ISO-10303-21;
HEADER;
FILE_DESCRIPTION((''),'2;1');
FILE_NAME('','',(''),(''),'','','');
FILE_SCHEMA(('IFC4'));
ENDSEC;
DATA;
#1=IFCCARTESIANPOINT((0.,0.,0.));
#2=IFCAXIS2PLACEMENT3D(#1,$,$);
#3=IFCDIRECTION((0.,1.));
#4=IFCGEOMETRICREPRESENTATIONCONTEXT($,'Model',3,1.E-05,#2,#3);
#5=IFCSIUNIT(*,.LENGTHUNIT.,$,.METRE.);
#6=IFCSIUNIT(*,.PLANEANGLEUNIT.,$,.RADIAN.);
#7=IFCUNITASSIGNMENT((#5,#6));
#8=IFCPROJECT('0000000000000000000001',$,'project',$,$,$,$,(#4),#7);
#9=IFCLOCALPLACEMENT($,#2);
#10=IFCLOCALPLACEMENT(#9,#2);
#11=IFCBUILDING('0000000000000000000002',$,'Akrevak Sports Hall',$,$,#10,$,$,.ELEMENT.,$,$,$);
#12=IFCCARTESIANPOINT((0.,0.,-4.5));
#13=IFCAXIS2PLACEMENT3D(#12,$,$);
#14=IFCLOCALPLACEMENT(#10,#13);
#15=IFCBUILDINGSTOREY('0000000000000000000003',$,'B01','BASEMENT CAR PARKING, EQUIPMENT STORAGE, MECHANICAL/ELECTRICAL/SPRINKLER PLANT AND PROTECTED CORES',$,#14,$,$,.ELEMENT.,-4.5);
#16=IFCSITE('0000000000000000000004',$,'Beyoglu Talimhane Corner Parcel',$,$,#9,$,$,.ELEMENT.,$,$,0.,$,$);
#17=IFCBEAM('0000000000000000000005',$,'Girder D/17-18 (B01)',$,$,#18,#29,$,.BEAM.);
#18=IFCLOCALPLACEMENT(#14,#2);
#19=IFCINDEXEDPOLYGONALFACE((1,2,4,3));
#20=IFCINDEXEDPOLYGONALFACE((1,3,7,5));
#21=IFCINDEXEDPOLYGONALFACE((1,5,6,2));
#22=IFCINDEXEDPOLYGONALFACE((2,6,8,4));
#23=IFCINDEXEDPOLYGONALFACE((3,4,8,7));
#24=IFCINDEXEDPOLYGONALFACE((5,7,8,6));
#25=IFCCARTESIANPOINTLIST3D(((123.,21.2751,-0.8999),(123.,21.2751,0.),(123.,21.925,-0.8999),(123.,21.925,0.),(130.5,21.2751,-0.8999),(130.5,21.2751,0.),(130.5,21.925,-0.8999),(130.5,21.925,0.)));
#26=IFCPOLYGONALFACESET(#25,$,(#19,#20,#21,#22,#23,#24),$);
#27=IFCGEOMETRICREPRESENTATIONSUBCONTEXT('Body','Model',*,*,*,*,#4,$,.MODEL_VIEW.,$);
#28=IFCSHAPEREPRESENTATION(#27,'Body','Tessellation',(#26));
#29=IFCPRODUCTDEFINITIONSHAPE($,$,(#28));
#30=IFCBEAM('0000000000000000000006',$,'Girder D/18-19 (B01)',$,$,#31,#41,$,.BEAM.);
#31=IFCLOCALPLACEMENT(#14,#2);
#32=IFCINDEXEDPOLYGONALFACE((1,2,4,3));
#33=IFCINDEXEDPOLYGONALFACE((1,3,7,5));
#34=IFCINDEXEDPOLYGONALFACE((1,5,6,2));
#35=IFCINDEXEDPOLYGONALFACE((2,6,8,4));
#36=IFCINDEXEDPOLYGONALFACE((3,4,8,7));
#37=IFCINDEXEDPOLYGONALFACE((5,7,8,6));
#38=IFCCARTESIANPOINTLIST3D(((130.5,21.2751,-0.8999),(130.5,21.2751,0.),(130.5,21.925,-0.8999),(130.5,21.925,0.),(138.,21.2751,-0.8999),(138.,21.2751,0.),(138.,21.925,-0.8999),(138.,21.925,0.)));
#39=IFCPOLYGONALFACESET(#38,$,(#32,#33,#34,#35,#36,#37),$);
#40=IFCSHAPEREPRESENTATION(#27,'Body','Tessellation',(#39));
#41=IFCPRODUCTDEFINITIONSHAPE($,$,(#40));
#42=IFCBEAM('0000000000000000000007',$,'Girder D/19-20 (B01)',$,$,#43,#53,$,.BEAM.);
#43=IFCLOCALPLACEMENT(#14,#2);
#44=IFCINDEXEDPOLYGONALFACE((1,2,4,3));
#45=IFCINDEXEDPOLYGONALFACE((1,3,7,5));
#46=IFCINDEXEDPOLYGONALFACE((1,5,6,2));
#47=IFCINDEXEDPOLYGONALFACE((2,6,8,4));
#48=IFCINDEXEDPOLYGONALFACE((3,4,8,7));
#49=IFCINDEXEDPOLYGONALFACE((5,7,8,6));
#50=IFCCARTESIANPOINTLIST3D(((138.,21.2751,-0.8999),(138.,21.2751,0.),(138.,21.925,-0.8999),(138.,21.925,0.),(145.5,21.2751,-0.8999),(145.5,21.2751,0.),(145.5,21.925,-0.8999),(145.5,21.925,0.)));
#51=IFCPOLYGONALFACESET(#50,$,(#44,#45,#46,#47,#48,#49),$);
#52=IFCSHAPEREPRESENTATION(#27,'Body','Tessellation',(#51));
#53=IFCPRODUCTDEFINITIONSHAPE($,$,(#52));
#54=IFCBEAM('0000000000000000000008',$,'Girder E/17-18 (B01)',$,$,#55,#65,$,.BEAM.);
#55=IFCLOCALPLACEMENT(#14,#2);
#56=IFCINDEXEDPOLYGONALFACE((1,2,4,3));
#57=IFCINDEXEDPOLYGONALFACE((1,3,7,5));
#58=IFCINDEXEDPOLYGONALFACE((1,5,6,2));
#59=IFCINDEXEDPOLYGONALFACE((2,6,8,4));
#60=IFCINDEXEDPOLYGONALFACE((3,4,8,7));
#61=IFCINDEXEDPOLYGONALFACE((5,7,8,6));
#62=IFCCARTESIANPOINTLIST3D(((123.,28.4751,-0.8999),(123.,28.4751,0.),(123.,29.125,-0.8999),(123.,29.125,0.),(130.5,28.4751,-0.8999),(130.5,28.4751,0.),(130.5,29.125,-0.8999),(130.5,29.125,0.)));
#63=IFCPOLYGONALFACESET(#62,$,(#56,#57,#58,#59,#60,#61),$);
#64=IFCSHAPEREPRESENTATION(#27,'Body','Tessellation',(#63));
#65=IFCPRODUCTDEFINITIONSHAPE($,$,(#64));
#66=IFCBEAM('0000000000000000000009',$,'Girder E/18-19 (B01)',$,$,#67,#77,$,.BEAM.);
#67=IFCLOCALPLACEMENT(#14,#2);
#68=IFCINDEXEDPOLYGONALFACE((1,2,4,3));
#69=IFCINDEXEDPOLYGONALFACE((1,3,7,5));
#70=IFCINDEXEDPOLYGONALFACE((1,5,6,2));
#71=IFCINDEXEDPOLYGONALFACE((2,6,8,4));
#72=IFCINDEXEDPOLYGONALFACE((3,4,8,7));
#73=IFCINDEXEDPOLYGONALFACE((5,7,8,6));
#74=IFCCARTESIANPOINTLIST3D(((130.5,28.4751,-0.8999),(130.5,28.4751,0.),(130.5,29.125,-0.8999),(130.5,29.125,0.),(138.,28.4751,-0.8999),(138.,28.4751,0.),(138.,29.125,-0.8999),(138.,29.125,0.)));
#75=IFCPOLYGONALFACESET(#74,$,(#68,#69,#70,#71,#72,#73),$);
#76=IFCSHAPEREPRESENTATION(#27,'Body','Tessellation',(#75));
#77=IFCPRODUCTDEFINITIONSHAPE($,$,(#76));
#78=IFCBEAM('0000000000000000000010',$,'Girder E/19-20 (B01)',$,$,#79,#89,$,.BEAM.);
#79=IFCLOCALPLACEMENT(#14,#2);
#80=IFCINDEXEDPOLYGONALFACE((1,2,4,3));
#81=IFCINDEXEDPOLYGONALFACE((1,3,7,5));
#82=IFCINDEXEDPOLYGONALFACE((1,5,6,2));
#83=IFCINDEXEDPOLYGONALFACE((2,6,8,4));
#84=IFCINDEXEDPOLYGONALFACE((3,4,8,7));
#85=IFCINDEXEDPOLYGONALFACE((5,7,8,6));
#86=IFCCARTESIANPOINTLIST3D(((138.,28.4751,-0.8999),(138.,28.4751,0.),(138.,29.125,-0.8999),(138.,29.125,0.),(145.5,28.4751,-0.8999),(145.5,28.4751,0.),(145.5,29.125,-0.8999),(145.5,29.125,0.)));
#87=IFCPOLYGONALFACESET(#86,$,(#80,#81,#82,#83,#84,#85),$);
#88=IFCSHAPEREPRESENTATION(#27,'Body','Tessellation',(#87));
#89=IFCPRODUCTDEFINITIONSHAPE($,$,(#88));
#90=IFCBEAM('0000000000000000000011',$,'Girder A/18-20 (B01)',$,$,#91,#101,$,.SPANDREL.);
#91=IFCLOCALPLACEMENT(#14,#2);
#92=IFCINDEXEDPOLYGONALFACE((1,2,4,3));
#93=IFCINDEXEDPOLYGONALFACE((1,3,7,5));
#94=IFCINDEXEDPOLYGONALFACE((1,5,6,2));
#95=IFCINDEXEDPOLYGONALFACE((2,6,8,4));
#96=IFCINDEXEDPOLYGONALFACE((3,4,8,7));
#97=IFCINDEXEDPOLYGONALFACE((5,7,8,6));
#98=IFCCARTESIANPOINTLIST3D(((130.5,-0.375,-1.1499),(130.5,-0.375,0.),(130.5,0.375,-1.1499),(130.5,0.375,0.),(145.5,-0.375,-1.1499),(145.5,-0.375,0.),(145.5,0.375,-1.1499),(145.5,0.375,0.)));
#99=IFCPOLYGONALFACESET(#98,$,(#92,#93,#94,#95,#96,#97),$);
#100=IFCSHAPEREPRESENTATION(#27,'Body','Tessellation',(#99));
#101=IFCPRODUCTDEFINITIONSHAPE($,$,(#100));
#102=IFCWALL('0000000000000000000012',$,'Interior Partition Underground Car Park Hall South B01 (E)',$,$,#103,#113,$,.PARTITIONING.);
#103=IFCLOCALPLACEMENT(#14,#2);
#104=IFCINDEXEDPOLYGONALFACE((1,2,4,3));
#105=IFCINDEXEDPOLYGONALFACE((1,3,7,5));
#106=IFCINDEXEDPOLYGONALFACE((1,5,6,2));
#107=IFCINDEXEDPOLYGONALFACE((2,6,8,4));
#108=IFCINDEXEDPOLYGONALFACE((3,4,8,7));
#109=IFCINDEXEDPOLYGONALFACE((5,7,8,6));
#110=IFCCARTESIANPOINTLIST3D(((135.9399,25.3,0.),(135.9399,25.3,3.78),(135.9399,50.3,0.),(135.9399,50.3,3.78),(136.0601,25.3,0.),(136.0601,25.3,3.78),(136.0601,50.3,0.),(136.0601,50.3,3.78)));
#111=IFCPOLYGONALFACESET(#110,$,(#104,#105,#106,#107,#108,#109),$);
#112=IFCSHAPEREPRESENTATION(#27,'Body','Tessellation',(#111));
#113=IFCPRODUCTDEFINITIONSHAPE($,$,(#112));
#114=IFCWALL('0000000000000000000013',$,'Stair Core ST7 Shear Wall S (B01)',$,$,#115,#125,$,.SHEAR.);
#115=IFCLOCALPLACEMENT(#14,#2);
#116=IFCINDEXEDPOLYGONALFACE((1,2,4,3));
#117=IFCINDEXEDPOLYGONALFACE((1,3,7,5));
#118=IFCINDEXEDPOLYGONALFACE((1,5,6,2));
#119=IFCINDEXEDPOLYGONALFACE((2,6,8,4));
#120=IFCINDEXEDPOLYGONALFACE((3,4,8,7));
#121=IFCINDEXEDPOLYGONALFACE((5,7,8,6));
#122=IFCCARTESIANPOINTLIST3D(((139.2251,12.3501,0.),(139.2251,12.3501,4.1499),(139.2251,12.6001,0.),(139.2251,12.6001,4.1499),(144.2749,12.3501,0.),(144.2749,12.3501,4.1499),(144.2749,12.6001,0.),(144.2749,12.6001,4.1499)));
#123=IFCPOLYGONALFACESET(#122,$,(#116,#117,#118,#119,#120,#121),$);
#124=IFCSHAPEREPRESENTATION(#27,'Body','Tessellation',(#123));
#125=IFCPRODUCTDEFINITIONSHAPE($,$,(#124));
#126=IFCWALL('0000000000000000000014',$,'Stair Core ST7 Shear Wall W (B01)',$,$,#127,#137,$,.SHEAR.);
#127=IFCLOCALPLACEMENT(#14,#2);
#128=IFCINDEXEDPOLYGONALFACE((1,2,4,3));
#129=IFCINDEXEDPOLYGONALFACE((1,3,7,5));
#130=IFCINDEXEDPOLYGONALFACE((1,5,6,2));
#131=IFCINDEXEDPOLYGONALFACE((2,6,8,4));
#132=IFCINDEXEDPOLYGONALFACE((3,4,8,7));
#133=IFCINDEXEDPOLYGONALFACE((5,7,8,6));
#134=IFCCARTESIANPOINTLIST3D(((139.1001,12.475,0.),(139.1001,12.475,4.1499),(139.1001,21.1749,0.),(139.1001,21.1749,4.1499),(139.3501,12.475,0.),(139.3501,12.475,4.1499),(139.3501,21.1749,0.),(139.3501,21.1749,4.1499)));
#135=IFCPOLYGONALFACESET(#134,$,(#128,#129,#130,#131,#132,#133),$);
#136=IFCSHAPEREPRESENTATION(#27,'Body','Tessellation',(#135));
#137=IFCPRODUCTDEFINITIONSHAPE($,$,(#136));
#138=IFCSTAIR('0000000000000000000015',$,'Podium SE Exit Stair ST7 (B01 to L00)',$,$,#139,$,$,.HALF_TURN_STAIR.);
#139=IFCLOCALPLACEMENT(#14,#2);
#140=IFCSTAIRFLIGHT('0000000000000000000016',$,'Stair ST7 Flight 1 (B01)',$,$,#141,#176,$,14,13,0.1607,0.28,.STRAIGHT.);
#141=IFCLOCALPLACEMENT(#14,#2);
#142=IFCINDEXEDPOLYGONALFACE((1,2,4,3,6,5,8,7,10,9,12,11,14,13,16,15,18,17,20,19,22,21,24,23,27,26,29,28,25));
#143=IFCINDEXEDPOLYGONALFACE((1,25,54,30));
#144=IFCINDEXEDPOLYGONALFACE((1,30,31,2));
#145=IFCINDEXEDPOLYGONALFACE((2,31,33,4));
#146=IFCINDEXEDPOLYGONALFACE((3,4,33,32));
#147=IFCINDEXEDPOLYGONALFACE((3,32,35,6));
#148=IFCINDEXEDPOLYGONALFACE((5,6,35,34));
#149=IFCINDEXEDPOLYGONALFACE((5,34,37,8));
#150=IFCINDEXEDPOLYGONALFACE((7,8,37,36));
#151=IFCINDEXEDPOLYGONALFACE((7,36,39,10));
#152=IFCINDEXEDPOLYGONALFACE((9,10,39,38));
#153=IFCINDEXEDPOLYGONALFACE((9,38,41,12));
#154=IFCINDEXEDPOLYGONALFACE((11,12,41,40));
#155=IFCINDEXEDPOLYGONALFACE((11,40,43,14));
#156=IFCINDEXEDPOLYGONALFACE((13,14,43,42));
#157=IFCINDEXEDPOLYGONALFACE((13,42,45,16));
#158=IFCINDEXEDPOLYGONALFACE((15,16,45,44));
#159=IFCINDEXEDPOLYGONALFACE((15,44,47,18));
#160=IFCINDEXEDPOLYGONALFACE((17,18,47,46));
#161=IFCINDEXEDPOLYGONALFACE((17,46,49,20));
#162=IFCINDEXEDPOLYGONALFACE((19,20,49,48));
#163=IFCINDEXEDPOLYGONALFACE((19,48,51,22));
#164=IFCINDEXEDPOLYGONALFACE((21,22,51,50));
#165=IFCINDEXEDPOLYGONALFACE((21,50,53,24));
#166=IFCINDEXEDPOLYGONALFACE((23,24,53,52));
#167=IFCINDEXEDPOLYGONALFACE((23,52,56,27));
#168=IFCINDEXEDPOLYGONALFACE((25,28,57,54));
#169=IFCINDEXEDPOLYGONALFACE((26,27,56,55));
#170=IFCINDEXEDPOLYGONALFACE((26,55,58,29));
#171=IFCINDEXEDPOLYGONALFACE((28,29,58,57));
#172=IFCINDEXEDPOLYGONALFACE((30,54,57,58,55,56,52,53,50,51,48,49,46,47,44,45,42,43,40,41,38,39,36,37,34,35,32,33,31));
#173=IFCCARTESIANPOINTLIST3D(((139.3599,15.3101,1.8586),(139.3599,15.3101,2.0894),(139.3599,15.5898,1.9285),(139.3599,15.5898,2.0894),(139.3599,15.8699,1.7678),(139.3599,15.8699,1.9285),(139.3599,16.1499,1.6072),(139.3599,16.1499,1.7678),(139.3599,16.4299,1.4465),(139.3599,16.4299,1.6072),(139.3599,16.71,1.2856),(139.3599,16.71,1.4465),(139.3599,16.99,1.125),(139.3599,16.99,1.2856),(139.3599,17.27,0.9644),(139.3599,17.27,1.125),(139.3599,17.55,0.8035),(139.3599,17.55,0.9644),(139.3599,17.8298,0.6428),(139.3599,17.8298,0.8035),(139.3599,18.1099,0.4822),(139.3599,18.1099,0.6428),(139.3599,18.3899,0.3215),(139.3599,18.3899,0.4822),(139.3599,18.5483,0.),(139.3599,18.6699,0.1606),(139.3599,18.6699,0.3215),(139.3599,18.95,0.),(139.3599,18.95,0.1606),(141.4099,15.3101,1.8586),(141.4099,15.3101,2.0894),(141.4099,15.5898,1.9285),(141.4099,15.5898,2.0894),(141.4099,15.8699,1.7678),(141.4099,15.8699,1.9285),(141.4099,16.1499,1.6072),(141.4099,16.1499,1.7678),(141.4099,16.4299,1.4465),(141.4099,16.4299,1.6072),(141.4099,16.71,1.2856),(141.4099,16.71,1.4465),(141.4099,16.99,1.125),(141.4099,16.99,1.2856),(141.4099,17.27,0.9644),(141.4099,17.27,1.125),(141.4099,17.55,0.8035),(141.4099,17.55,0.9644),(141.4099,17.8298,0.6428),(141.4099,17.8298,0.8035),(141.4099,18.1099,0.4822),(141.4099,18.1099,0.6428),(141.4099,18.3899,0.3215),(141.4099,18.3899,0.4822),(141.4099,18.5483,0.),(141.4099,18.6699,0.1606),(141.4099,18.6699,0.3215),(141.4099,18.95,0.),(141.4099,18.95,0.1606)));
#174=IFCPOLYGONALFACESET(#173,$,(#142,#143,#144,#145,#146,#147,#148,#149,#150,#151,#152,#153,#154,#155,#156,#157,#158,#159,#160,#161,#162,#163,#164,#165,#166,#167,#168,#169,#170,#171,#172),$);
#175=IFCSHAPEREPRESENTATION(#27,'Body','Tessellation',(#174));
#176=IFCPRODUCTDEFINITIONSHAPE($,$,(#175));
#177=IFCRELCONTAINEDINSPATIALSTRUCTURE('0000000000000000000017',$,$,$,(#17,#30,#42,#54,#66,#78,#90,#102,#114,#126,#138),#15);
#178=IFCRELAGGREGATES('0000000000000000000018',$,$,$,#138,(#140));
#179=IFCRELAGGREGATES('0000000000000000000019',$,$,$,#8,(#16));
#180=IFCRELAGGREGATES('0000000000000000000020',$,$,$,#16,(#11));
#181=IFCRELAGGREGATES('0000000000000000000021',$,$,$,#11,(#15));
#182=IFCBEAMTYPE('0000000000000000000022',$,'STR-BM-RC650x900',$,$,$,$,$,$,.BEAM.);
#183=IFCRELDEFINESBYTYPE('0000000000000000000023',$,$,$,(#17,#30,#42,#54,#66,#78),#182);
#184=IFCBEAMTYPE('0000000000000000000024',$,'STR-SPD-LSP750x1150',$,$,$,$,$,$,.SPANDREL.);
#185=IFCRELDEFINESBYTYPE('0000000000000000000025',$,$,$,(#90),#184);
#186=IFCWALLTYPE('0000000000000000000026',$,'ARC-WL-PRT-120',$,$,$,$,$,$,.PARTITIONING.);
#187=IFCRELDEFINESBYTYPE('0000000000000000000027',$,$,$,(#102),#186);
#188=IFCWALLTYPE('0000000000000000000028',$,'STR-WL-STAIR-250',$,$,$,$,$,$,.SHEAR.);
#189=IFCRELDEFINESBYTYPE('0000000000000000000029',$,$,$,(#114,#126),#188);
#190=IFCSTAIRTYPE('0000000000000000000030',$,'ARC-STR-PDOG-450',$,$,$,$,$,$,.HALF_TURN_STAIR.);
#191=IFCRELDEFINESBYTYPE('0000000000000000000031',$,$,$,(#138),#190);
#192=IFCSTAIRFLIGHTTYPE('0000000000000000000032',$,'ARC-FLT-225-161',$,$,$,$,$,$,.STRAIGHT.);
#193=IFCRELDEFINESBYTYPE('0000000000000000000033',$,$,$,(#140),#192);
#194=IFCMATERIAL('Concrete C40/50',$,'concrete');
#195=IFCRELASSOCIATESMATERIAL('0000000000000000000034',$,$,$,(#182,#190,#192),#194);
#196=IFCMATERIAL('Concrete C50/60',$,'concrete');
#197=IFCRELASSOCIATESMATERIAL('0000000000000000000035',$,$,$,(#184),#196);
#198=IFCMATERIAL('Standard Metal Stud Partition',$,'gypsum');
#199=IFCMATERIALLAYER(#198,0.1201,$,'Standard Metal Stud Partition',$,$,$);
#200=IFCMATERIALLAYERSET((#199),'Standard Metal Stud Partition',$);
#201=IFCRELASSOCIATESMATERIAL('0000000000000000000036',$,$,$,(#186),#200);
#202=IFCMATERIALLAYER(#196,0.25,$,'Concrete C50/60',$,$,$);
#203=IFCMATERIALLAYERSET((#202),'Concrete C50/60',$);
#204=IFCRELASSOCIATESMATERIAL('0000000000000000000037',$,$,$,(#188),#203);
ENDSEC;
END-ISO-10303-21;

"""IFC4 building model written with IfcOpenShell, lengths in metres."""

from ifc_helpers import new_model, si_unit, direction, frame, frame_2d, origin, origin_2d, place, context, subcontext, project, spatial, polyline, rectangle, outline, extrude, material, layer, layer_set, material_profile, profile_set, type_object, element, aggregate, save


model = new_model("IFC4")

# Units and contexts
model_context = context("Model", 3, precision=1e-05, world=origin(), true_north=direction((0.0, 1.0)))
body_context = subcontext(model_context, "Body", "Model", "MODEL_VIEW")
ifc_project = project(units=[si_unit("LENGTHUNIT", "METRE"), si_unit("PLANEANGLEUNIT", "RADIAN")], contexts=[model_context])

# Site, building, storey
site_placement = place(None, origin())
site = spatial("IfcSite", under=ifc_project, at=site_placement, Name="Beyoglu Talimhane Corner Parcel", CompositionType="ELEMENT", RefElevation=0.0)
building_placement = place(site_placement, origin())
building = spatial("IfcBuilding", under=site, at=building_placement, Name="Akrevak Sports Hall", CompositionType="ELEMENT")
storey_placement = place(building_placement, frame((0.0, 0.0, -4.5)))
storey = spatial("IfcBuildingStorey", under=building, at=storey_placement, Name="B01", Description="BASEMENT CAR PARKING, EQUIPMENT STORAGE, MECHANICAL/ELECTRICAL/SPRINKLER PLANT AND PROTECTED CORES", CompositionType="ELEMENT", Elevation=-4.5)

# Shared definitions
ifc_material_1 = material(Name="Concrete C40/50", Category="concrete")
ifc_material_2 = material(Name="Concrete C50/60", Category="concrete")

# Beams
ifc_material_profile_1 = material_profile(ifc_material_1, rectangle(XDim=0.6499, YDim=0.8999, at=origin_2d()), Name="BM 650x900", Category="concrete")
ifc_profile_set_1 = profile_set([ifc_material_profile_1], Name="Concrete C40/50")
beam_type_1 = type_object("IfcBeamType", Name="STR-BM-RC650x900", PredefinedType="BEAM", material=ifc_profile_set_1)
for number, where, z_axis, x_axis, name in (
    (1, (123.0, 21.6001, -0.45), (1.0, 0.0, 0.0), (0.0, 1.0, 0.0), "Girder D/17-18 (B01)"),
    (2, (130.5, 21.6001, -0.45), (1.0, 0.0, 0.0), (0.0, 1.0, 0.0), "Girder D/18-19 (B01)"),
    (3, (138.0, 21.6001, -0.45), (1.0, 0.0, 0.0), (0.0, 1.0, 0.0), "Girder D/19-20 (B01)"),
    (4, (123.0, 28.8, -0.45), (1.0, 0.0, 0.0), (0.0, 1.0, 0.0), "Girder E/17-18 (B01)"),
    (5, (130.5, 28.8, -0.45), (1.0, 0.0, 0.0), (0.0, 1.0, 0.0), "Girder E/18-19 (B01)"),
    (6, (138.0, 28.8, -0.45), (1.0, 0.0, 0.0), (0.0, 1.0, 0.0), "Girder E/19-20 (B01)"),
):
    element("IfcBeam", number, at=place(storey_placement, frame(where, z_axis=z_axis, x_axis=x_axis)), inside=storey, type_object=beam_type_1, Name=name, PredefinedType="BEAM", context=body_context, shape_type="SweptSolid", body=[
        extrude(rectangle(XDim=0.6499, YDim=0.8999, at=origin_2d()), origin(), (0.0, 0.0, 1.0), 7.5),
    ])
ifc_material_profile_2 = material_profile(ifc_material_2, rectangle(XDim=0.75, YDim=1.1499, at=origin_2d()), Name="SPD 750x1150", Category="concrete")
ifc_profile_set_2 = profile_set([ifc_material_profile_2], Name="Concrete C50/60")
beam_type_2 = type_object("IfcBeamType", Name="STR-SPD-LSP750x1150", PredefinedType="SPANDREL", material=ifc_profile_set_2)
beam_1_placement = place(storey_placement, frame((130.5, 0.0, -0.575), z_axis=(1.0, 0.0, 0.0), x_axis=(0.0, 1.0, 0.0)))
element("IfcBeam", 7, at=beam_1_placement, inside=storey, type_object=beam_type_2, Name="Girder A/18-20 (B01)", PredefinedType="SPANDREL", context=body_context, shape_type="SweptSolid", body=[
    extrude(rectangle(XDim=0.75, YDim=1.1499, at=origin_2d()), origin(), (0.0, 0.0, 1.0), 15.0),
])

# Walls
ifc_material_3 = material(Name="Standard Metal Stud Partition", Category="gypsum")
ifc_layer_1 = layer(ifc_material_3, 0.1201, Name="Standard Metal Stud Partition")
ifc_layer_set_1 = layer_set([ifc_layer_1], Name="Standard Metal Stud Partition")
wall_type_1 = type_object("IfcWallType", Name="ARC-WL-PRT-120", PredefinedType="PARTITIONING", material=ifc_layer_set_1)
wall_1_placement = place(storey_placement, frame((136.0, 25.3, 0.0), z_axis=(0.0, 0.0, 1.0), x_axis=(0.0, 1.0, 0.0)))
element("IfcWall", 8, at=wall_1_placement, inside=storey, type_object=wall_type_1, Name="Interior Partition Underground Car Park Hall South B01 (E)", PredefinedType="PARTITIONING", context=body_context, shape_type="SweptSolid", body=[
    extrude(rectangle(XDim=25.0, YDim=0.1201, at=frame_2d((12.5, 0.0))), origin(), (0.0, 0.0, 1.0), 3.78),
])
ifc_layer_2 = layer(ifc_material_2, 0.25, Name="Concrete C50/60")
ifc_layer_set_2 = layer_set([ifc_layer_2], Name="Concrete C50/60")
wall_type_2 = type_object("IfcWallType", Name="STR-WL-STAIR-250", PredefinedType="SHEAR", material=ifc_layer_set_2)
wall_2_placement = place(storey_placement, frame((139.2251, 12.4751, 0.0), z_axis=(0.0, 0.0, 1.0), x_axis=(1.0, 0.0, 0.0)))
element("IfcWall", 9, at=wall_2_placement, inside=storey, type_object=wall_type_2, Name="Stair Core ST7 Shear Wall S (B01)", PredefinedType="SHEAR", context=body_context, shape_type="SweptSolid", body=[
    extrude(rectangle(XDim=5.0498, YDim=0.25, at=frame_2d((2.5249, 0.0))), origin(), (0.0, 0.0, 1.0), 4.1499),
])
wall_3_placement = place(storey_placement, frame((139.2251, 21.175, 0.0), z_axis=(0.0, 0.0, 1.0), x_axis=(0.0, -1.0, 0.0)))
element("IfcWall", 10, at=wall_3_placement, inside=storey, type_object=wall_type_2, Name="Stair Core ST7 Shear Wall W (B01)", PredefinedType="SHEAR", context=body_context, shape_type="SweptSolid", body=[
    extrude(rectangle(XDim=8.7, YDim=0.25, at=frame_2d((4.3501, 0.0))), origin(), (0.0, 0.0, 1.0), 4.1499),
])

# Stair, stair flight
stair_type = type_object("IfcStairType", Name="ARC-STR-PDOG-450", PredefinedType="HALF_TURN_STAIR", material=ifc_material_1)
stair_placement = place(storey_placement, origin())
stair = element("IfcStair", 11, at=stair_placement, inside=storey, type_object=stair_type, Name="Podium SE Exit Stair ST7 (B01 to L00)", PredefinedType="HALF_TURN_STAIR")
stair_flight_type = type_object("IfcStairFlightType", Name="ARC-FLT-225-161", PredefinedType="STRAIGHT", material=ifc_material_1)
stair_flight_placement = place(storey_placement, frame((140.385, 18.95, 0.0), z_axis=(0.0, 0.0, 1.0), x_axis=(0.0, -1.0, 0.0)))
stair_flight = element("IfcStairFlight", 12, at=stair_flight_placement, type_object=stair_flight_type, Name="Stair ST7 Flight 1 (B01)", NumberOfRisers=14, NumberOfTreads=13, PredefinedType="STRAIGHT", RiserHeight=0.1607, TreadLength=0.28, context=body_context, shape_type="SweptSolid", body=[
    extrude(outline(polyline([(0.0, 0.0), (0.0, 0.1606), (0.28, 0.1606), (0.28, 0.3215), (0.5601, 0.3215), (0.5601, 0.4822), (0.8401, 0.4822), (0.8401, 0.6428), (1.1201, 0.6428), (1.1201, 0.8035), (1.3999, 0.8035), (1.3999, 0.9644), (1.6799, 0.9644), (1.6799, 1.125), (1.96, 1.125), (1.96, 1.2856), (2.24, 1.2856), (2.24, 1.4465), (2.52, 1.4465), (2.52, 1.6072), (2.8, 1.6072), (2.8, 1.7678), (3.0801, 1.7678), (3.0801, 1.9285), (3.3601, 1.9285), (3.3601, 2.0894), (3.6399, 2.0894), (3.6399, 2.25), (3.6399, 1.8586), (0.4016, 0.0), (0.0, 0.0)])), frame((0.0, 1.0249, 0.0), z_axis=(0.0, -1.0, 0.0), x_axis=(1.0, 0.0, 0.0)), (0.0, 0.0, 1.0), 2.05),
])
aggregate(stair, [stair_flight])

save(model, "model.ifc")
